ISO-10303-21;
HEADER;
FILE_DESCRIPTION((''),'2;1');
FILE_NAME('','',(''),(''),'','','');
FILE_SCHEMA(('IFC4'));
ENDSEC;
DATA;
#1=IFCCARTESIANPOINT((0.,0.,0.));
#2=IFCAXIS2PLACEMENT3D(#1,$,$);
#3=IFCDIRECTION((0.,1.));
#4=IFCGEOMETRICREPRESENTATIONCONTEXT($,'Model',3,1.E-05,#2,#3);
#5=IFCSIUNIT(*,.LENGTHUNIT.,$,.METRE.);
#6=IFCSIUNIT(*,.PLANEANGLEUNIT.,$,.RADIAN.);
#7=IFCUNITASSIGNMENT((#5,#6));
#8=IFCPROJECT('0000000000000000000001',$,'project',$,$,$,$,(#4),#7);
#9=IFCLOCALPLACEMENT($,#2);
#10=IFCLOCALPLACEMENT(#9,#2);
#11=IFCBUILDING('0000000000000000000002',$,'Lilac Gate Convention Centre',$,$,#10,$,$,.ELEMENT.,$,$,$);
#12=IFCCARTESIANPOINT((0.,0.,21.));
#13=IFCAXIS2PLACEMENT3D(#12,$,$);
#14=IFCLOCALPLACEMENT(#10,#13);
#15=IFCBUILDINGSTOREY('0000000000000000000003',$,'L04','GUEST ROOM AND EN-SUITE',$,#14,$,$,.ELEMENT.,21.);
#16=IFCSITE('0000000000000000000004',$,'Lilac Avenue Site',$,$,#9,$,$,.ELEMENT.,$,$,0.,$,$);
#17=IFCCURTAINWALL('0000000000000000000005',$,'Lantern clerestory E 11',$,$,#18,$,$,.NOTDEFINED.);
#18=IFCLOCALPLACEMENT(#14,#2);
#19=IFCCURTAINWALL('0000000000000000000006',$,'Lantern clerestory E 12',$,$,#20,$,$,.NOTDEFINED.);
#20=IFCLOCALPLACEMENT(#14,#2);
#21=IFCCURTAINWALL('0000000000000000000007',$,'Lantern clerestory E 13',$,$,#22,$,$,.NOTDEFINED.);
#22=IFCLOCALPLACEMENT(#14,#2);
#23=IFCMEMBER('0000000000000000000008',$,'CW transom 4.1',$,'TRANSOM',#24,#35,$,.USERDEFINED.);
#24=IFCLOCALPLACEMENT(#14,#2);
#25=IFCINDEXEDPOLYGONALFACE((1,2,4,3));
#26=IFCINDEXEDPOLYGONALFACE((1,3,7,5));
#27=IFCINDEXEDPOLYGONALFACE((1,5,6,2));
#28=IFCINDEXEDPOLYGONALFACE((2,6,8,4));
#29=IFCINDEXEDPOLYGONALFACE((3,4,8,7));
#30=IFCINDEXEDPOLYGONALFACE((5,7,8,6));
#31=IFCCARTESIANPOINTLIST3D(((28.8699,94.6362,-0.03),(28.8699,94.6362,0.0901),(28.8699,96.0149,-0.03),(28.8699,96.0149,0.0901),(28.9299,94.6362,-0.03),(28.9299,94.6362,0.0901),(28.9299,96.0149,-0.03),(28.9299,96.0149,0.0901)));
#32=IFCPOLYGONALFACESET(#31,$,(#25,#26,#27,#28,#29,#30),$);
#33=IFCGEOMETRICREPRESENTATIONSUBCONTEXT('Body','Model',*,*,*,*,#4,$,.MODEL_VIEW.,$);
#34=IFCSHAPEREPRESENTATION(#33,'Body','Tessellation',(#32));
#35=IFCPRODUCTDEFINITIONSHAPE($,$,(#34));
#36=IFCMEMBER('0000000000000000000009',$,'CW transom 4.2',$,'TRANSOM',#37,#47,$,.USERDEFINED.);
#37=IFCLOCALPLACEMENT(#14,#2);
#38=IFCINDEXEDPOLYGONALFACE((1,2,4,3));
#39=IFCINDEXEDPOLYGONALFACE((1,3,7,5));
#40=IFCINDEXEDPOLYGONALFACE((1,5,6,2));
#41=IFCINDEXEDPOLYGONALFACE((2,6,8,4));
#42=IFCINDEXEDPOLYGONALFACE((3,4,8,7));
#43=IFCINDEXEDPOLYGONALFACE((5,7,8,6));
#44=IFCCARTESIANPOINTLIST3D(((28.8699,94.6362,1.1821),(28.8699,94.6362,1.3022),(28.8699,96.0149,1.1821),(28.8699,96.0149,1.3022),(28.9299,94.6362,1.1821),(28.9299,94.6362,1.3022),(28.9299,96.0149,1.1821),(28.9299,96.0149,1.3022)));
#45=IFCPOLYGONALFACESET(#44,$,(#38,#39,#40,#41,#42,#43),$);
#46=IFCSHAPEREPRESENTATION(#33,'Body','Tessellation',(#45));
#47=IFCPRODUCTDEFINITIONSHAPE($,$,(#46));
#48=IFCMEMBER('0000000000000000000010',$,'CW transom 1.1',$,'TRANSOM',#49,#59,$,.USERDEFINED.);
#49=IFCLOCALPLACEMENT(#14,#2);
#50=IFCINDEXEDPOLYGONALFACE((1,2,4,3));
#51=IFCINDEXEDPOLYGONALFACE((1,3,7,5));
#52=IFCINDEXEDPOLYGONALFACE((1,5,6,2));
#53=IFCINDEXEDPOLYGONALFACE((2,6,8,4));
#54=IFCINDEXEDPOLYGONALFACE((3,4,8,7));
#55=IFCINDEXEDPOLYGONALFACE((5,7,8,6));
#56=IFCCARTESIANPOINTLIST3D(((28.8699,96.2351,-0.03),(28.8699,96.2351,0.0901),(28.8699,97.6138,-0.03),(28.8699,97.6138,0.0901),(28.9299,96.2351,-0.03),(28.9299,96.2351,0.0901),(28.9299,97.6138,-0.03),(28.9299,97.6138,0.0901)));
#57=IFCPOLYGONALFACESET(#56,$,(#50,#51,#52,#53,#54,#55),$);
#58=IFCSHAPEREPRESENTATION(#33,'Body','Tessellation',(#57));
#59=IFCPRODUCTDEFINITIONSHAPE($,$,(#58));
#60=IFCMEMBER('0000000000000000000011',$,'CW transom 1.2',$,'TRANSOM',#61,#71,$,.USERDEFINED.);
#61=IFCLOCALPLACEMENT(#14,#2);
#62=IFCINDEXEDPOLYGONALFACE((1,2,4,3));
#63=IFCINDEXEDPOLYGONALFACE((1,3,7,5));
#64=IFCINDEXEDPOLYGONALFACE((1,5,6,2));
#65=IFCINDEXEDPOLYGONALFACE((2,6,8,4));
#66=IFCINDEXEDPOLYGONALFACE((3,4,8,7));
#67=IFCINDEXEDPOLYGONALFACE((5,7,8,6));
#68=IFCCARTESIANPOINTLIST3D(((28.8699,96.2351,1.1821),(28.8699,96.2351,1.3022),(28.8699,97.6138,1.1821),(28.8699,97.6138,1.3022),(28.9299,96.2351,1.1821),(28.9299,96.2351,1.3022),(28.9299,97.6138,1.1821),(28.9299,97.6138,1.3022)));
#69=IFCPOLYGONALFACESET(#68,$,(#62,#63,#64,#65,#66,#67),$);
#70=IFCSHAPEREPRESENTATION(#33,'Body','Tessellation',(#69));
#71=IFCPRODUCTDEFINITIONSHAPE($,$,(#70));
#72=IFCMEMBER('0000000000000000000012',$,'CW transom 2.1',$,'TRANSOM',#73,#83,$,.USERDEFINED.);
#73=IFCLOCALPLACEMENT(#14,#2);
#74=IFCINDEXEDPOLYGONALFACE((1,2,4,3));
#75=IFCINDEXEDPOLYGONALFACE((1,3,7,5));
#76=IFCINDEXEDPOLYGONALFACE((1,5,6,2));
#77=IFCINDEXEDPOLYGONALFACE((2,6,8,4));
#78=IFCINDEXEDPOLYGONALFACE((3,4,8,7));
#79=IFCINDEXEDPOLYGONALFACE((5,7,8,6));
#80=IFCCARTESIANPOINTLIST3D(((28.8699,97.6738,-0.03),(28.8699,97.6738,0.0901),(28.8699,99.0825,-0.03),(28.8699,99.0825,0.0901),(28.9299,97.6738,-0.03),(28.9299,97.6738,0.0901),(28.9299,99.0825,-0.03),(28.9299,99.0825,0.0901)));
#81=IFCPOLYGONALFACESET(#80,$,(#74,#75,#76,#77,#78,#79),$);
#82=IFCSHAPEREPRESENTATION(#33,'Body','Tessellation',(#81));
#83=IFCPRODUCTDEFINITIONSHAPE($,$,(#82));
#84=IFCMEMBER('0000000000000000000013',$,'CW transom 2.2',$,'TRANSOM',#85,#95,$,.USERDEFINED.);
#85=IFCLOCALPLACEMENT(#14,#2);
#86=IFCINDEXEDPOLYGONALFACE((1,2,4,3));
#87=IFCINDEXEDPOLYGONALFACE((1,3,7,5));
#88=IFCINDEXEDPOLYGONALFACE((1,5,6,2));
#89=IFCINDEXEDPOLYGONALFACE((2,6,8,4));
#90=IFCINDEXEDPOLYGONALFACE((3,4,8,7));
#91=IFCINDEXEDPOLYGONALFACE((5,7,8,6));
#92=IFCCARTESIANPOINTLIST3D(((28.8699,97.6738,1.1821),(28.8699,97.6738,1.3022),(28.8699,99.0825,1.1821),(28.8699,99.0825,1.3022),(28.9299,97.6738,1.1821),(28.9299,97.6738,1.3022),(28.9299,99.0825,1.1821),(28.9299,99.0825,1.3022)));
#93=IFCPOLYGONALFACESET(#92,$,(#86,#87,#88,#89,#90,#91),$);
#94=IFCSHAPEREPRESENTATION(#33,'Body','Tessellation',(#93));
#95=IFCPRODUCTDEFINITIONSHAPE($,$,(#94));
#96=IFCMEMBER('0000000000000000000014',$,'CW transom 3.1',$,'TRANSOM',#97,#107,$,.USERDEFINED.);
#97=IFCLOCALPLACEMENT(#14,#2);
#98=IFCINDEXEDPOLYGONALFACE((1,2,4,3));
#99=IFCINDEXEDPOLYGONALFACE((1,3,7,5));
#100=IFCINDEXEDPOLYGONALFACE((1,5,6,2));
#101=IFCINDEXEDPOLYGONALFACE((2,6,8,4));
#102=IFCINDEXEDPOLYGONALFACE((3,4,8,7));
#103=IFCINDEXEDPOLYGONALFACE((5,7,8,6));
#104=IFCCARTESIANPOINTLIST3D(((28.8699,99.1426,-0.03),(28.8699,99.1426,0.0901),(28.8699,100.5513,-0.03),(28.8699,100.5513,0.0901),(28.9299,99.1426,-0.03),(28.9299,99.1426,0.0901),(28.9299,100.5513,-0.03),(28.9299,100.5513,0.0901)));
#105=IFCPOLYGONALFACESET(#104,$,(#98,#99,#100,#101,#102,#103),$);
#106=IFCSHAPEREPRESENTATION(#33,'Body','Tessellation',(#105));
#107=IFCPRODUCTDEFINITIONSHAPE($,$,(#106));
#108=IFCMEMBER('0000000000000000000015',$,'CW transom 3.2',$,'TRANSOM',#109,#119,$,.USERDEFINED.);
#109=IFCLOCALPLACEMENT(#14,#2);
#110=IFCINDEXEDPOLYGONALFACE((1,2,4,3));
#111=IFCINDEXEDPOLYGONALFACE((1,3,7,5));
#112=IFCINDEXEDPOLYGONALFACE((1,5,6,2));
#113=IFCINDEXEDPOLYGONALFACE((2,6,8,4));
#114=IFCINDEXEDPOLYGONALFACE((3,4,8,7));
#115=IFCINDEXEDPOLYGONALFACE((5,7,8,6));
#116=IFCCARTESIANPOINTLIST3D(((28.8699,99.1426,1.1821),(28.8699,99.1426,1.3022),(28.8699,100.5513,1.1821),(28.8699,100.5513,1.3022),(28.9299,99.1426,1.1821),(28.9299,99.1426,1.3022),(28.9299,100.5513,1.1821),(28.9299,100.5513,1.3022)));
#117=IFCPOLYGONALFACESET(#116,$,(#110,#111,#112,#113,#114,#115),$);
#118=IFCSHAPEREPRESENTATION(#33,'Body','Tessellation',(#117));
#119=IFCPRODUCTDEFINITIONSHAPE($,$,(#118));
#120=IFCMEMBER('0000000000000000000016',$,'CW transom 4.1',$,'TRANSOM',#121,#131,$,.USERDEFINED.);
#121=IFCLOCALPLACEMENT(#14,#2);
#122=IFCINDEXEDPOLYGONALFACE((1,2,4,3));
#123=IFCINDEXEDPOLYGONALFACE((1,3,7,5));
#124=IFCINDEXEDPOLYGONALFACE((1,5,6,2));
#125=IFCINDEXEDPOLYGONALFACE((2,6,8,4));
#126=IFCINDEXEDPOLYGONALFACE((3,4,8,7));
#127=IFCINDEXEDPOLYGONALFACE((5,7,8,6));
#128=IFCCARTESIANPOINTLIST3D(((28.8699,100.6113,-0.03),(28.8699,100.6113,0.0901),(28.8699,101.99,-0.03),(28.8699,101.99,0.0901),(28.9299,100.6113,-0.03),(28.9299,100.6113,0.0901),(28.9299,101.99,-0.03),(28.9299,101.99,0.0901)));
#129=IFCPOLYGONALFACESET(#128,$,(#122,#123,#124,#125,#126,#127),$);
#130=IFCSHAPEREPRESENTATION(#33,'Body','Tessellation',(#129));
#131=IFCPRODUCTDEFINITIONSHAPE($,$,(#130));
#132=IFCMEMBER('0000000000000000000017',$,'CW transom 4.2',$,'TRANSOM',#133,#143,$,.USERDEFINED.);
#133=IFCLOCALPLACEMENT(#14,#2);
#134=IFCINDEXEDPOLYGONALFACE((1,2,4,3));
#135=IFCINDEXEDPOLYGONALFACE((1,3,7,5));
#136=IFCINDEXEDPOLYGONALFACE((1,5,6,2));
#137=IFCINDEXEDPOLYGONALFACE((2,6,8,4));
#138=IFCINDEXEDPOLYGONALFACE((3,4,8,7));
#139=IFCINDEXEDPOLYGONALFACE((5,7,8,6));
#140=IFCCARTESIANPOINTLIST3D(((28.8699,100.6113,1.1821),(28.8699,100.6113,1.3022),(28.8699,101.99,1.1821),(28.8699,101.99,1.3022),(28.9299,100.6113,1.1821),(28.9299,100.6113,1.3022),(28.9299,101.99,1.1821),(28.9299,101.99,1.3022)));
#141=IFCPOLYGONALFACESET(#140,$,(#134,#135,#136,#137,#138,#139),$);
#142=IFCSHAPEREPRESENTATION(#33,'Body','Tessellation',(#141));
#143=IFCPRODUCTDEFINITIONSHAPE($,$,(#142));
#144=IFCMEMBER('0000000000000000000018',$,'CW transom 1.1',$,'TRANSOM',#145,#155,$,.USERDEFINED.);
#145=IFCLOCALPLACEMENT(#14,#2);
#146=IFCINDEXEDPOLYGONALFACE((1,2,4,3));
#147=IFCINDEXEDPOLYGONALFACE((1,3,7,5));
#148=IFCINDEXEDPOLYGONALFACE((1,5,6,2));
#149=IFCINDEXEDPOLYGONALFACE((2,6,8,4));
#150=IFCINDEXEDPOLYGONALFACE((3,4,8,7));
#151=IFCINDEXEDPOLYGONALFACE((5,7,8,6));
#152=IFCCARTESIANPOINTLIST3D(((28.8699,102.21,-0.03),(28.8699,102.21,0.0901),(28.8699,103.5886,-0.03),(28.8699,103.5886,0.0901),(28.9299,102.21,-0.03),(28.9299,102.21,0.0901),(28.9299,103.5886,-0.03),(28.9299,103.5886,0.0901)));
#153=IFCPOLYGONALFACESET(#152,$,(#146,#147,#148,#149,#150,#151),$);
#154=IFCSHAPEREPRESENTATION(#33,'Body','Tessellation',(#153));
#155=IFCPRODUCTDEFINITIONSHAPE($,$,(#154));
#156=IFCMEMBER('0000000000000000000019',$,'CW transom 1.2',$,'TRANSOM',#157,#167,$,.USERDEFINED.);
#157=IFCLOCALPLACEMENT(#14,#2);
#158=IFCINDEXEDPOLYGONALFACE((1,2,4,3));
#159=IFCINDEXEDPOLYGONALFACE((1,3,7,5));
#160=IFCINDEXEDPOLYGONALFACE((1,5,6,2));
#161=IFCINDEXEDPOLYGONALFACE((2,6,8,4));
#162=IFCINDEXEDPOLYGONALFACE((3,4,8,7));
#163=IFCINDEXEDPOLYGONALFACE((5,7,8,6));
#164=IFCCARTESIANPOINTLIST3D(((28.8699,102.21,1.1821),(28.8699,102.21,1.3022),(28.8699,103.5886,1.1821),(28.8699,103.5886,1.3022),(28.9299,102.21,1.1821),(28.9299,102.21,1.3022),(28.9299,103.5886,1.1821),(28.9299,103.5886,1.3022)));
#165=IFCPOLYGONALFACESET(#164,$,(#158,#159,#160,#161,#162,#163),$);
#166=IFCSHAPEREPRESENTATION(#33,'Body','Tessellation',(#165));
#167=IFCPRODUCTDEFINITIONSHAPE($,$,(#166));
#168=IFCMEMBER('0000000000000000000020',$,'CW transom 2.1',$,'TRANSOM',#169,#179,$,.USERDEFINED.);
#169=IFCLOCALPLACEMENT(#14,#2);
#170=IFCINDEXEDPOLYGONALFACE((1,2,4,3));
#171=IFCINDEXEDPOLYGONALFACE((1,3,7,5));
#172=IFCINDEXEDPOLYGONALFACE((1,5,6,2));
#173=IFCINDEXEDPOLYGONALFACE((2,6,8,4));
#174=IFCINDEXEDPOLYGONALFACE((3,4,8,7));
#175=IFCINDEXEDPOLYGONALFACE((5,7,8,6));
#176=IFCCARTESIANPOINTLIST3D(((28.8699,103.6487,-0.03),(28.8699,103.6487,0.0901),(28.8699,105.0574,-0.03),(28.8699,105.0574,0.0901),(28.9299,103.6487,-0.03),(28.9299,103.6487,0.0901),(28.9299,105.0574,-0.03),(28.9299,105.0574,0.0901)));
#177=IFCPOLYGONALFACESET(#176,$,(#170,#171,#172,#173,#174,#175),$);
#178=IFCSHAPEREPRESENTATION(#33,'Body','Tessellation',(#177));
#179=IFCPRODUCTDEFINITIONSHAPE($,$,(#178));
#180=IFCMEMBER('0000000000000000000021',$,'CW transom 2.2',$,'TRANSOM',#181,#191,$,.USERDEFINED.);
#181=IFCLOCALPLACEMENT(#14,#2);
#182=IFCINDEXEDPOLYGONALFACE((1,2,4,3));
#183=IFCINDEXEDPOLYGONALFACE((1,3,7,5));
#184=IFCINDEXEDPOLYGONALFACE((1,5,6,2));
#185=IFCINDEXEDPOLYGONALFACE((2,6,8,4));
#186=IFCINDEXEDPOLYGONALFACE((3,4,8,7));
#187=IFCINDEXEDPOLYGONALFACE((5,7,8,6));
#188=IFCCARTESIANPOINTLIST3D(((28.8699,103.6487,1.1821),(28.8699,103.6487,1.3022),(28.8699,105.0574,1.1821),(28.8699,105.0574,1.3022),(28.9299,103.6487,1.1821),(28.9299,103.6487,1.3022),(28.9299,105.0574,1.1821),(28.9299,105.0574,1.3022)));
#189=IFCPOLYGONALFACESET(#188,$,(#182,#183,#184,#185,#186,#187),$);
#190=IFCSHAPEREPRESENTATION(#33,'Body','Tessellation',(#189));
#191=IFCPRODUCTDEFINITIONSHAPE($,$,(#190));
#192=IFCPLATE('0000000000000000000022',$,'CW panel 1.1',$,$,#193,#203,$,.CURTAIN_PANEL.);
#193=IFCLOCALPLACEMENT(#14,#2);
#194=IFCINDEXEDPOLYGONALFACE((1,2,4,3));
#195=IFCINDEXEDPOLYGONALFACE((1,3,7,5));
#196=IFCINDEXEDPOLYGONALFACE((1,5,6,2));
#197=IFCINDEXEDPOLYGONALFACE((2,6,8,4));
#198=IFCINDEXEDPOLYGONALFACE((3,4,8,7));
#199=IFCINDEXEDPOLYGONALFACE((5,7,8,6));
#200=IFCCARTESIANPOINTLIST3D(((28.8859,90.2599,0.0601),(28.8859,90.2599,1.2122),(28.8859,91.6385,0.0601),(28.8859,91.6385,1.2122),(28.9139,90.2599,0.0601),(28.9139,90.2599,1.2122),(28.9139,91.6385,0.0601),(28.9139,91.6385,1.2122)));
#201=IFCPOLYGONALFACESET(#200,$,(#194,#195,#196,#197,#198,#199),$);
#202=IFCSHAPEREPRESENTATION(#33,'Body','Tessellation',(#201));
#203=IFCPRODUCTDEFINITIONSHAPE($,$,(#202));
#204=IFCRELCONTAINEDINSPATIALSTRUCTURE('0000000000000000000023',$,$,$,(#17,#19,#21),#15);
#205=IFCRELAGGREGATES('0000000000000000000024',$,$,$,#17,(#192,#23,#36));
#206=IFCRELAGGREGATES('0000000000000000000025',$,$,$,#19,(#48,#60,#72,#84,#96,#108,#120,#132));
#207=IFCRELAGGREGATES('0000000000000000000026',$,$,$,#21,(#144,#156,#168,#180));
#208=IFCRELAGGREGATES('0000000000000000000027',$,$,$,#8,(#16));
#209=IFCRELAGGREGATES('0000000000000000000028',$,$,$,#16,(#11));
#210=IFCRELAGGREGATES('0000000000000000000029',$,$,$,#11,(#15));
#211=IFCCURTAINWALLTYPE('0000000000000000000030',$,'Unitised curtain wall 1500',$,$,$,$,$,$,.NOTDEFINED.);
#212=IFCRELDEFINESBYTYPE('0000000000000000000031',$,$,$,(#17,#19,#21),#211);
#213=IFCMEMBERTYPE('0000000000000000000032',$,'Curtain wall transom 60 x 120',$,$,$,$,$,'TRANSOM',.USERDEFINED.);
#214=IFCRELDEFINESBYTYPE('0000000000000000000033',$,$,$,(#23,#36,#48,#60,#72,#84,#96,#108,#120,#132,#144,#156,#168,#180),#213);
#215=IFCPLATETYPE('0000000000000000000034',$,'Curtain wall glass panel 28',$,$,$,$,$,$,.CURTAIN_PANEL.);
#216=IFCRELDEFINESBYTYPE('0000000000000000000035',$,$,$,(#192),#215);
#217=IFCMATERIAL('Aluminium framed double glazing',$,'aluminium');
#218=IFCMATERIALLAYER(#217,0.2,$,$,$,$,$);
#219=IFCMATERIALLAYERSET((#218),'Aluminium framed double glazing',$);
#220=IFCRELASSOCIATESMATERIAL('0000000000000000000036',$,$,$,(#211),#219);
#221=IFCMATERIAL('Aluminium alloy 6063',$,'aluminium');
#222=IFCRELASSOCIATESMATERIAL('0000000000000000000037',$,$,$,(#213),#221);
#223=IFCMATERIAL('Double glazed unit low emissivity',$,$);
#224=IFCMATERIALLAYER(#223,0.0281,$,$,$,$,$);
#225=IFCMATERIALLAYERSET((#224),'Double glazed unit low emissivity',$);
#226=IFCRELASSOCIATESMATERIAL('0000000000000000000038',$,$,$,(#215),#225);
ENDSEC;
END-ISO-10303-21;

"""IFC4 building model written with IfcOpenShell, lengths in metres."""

from ifc_helpers import new_model, si_unit, direction, frame, origin, origin_2d, place, context, subcontext, project, spatial, rectangle, extrude, material, layer, layer_set, material_profile, profile_set, type_object, element, aggregate, save


model = new_model("IFC4")

# Units and contexts
model_context = context("Model", 3, precision=1e-05, world=origin(), true_north=direction((0.0, 1.0)))
body_context = subcontext(model_context, "Body", "Model", "MODEL_VIEW")
ifc_project = project(units=[si_unit("LENGTHUNIT", "METRE"), si_unit("PLANEANGLEUNIT", "RADIAN")], contexts=[model_context])

# Site, building, storey
site_placement = place(None, origin())
site = spatial("IfcSite", under=ifc_project, at=site_placement, Name="Lilac Avenue Site", CompositionType="ELEMENT", RefElevation=0.0)
building_placement = place(site_placement, origin())
building = spatial("IfcBuilding", under=site, at=building_placement, Name="Lilac Gate Convention Centre", CompositionType="ELEMENT")
storey_placement = place(building_placement, frame((0.0, 0.0, 21.0)))
storey = spatial("IfcBuildingStorey", under=building, at=storey_placement, Name="L04", Description="GUEST ROOM AND EN-SUITE", CompositionType="ELEMENT", Elevation=21.0)

# Curtain walls
ifc_material_1 = material(Name="Aluminium framed double glazing", Category="aluminium")
ifc_layer_1 = layer(ifc_material_1, 0.2)
ifc_layer_set_1 = layer_set([ifc_layer_1], Name="Aluminium framed double glazing")
curtain_wall_type = type_object("IfcCurtainWallType", Name="Unitised curtain wall 1500", PredefinedType="NOTDEFINED", material=ifc_layer_set_1)
curtain_wall_1_placement = place(storey_placement, origin())
curtain_wall_1 = element("IfcCurtainWall", 1, at=curtain_wall_1_placement, inside=storey, type_object=curtain_wall_type, Name="Lantern clerestory E 11", PredefinedType="NOTDEFINED")
ifc_material_2 = material(Name="Aluminium alloy 6063", Category="aluminium")
curtain_wall_2_placement = place(storey_placement, origin())
curtain_wall_2 = element("IfcCurtainWall", 2, at=curtain_wall_2_placement, inside=storey, type_object=curtain_wall_type, Name="Lantern clerestory E 12", PredefinedType="NOTDEFINED")
curtain_wall_3_placement = place(storey_placement, origin())
curtain_wall_3 = element("IfcCurtainWall", 3, at=curtain_wall_3_placement, inside=storey, type_object=curtain_wall_type, Name="Lantern clerestory E 13", PredefinedType="NOTDEFINED")

# Members
ifc_material_profile_1 = material_profile(ifc_material_2, rectangle(XDim=0.0601, YDim=0.1201, at=origin_2d()), Name="Curtain wall transom 60 x 120")
ifc_profile_set_1 = profile_set([ifc_material_profile_1], Name="Aluminium alloy 6063")
member_type_1 = type_object("IfcMemberType", Name="Curtain wall transom 60 x 120", ElementType="TRANSOM", PredefinedType="USERDEFINED", material=ifc_profile_set_1)
member_1_placement = place(storey_placement, frame((28.8999, 94.6362, 0.03), z_axis=(0.0, 1.0, 0.0), x_axis=(-1.0, 0.0, 0.0)))
member_1 = element("IfcMember", 4, at=member_1_placement, type_object=member_type_1, Name="CW transom 4.1", ObjectType="TRANSOM", PredefinedType="USERDEFINED", context=body_context, shape_type="SweptSolid", body=[
    extrude(rectangle(XDim=0.0601, YDim=0.1201, at=origin_2d()), origin(), (0.0, 0.0, 1.0), 1.3787),
])
member_2_placement = place(storey_placement, frame((28.8999, 94.6362, 1.2422), z_axis=(0.0, 1.0, 0.0), x_axis=(-1.0, 0.0, 0.0)))
member_2 = element("IfcMember", 5, at=member_2_placement, type_object=member_type_1, Name="CW transom 4.2", ObjectType="TRANSOM", PredefinedType="USERDEFINED", context=body_context, shape_type="SweptSolid", body=[
    extrude(rectangle(XDim=0.0601, YDim=0.1201, at=origin_2d()), origin(), (0.0, 0.0, 1.0), 1.3787),
])
member_3_placement = place(storey_placement, frame((28.8999, 96.2351, 0.03), z_axis=(0.0, 1.0, 0.0), x_axis=(-1.0, 0.0, 0.0)))
member_3 = element("IfcMember", 6, at=member_3_placement, type_object=member_type_1, Name="CW transom 1.1", ObjectType="TRANSOM", PredefinedType="USERDEFINED", context=body_context, shape_type="SweptSolid", body=[
    extrude(rectangle(XDim=0.0601, YDim=0.1201, at=origin_2d()), origin(), (0.0, 0.0, 1.0), 1.3787),
])
member_4_placement = place(storey_placement, frame((28.8999, 96.2351, 1.2422), z_axis=(0.0, 1.0, 0.0), x_axis=(-1.0, 0.0, 0.0)))
member_4 = element("IfcMember", 7, at=member_4_placement, type_object=member_type_1, Name="CW transom 1.2", ObjectType="TRANSOM", PredefinedType="USERDEFINED", context=body_context, shape_type="SweptSolid", body=[
    extrude(rectangle(XDim=0.0601, YDim=0.1201, at=origin_2d()), origin(), (0.0, 0.0, 1.0), 1.3787),
])
member_5_placement = place(storey_placement, frame((28.8999, 97.6738, 0.03), z_axis=(0.0, 1.0, 0.0), x_axis=(-1.0, 0.0, 0.0)))
member_5 = element("IfcMember", 8, at=member_5_placement, type_object=member_type_1, Name="CW transom 2.1", ObjectType="TRANSOM", PredefinedType="USERDEFINED", context=body_context, shape_type="SweptSolid", body=[
    extrude(rectangle(XDim=0.0601, YDim=0.1201, at=origin_2d()), origin(), (0.0, 0.0, 1.0), 1.4087),
])
member_6_placement = place(storey_placement, frame((28.8999, 97.6738, 1.2422), z_axis=(0.0, 1.0, 0.0), x_axis=(-1.0, 0.0, 0.0)))
member_6 = element("IfcMember", 9, at=member_6_placement, type_object=member_type_1, Name="CW transom 2.2", ObjectType="TRANSOM", PredefinedType="USERDEFINED", context=body_context, shape_type="SweptSolid", body=[
    extrude(rectangle(XDim=0.0601, YDim=0.1201, at=origin_2d()), origin(), (0.0, 0.0, 1.0), 1.4087),
])
member_7_placement = place(storey_placement, frame((28.8999, 99.1426, 0.03), z_axis=(0.0, 1.0, 0.0), x_axis=(-1.0, 0.0, 0.0)))
member_7 = element("IfcMember", 10, at=member_7_placement, type_object=member_type_1, Name="CW transom 3.1", ObjectType="TRANSOM", PredefinedType="USERDEFINED", context=body_context, shape_type="SweptSolid", body=[
    extrude(rectangle(XDim=0.0601, YDim=0.1201, at=origin_2d()), origin(), (0.0, 0.0, 1.0), 1.4087),
])
member_8_placement = place(storey_placement, frame((28.8999, 99.1426, 1.2422), z_axis=(0.0, 1.0, 0.0), x_axis=(-1.0, 0.0, 0.0)))
member_8 = element("IfcMember", 11, at=member_8_placement, type_object=member_type_1, Name="CW transom 3.2", ObjectType="TRANSOM", PredefinedType="USERDEFINED", context=body_context, shape_type="SweptSolid", body=[
    extrude(rectangle(XDim=0.0601, YDim=0.1201, at=origin_2d()), origin(), (0.0, 0.0, 1.0), 1.4087),
])
member_9_placement = place(storey_placement, frame((28.8999, 100.6113, 0.03), z_axis=(0.0, 1.0, 0.0), x_axis=(-1.0, 0.0, 0.0)))
member_9 = element("IfcMember", 12, at=member_9_placement, type_object=member_type_1, Name="CW transom 4.1", ObjectType="TRANSOM", PredefinedType="USERDEFINED", context=body_context, shape_type="SweptSolid", body=[
    extrude(rectangle(XDim=0.0601, YDim=0.1201, at=origin_2d()), origin(), (0.0, 0.0, 1.0), 1.3787),
])
member_10_placement = place(storey_placement, frame((28.8999, 100.6113, 1.2422), z_axis=(0.0, 1.0, 0.0), x_axis=(-1.0, 0.0, 0.0)))
member_10 = element("IfcMember", 13, at=member_10_placement, type_object=member_type_1, Name="CW transom 4.2", ObjectType="TRANSOM", PredefinedType="USERDEFINED", context=body_context, shape_type="SweptSolid", body=[
    extrude(rectangle(XDim=0.0601, YDim=0.1201, at=origin_2d()), origin(), (0.0, 0.0, 1.0), 1.3787),
])
member_11_placement = place(storey_placement, frame((28.8999, 102.21, 0.03), z_axis=(0.0, 1.0, 0.0), x_axis=(-1.0, 0.0, 0.0)))
member_11 = element("IfcMember", 14, at=member_11_placement, type_object=member_type_1, Name="CW transom 1.1", ObjectType="TRANSOM", PredefinedType="USERDEFINED", context=body_context, shape_type="SweptSolid", body=[
    extrude(rectangle(XDim=0.0601, YDim=0.1201, at=origin_2d()), origin(), (0.0, 0.0, 1.0), 1.3787),
])
member_12_placement = place(storey_placement, frame((28.8999, 102.21, 1.2422), z_axis=(0.0, 1.0, 0.0), x_axis=(-1.0, 0.0, 0.0)))
member_12 = element("IfcMember", 15, at=member_12_placement, type_object=member_type_1, Name="CW transom 1.2", ObjectType="TRANSOM", PredefinedType="USERDEFINED", context=body_context, shape_type="SweptSolid", body=[
    extrude(rectangle(XDim=0.0601, YDim=0.1201, at=origin_2d()), origin(), (0.0, 0.0, 1.0), 1.3787),
])
member_13_placement = place(storey_placement, frame((28.8999, 103.6487, 0.03), z_axis=(0.0, 1.0, 0.0), x_axis=(-1.0, 0.0, 0.0)))
member_13 = element("IfcMember", 16, at=member_13_placement, type_object=member_type_1, Name="CW transom 2.1", ObjectType="TRANSOM", PredefinedType="USERDEFINED", context=body_context, shape_type="SweptSolid", body=[
    extrude(rectangle(XDim=0.0601, YDim=0.1201, at=origin_2d()), origin(), (0.0, 0.0, 1.0), 1.4087),
])
member_14_placement = place(storey_placement, frame((28.8999, 103.6487, 1.2422), z_axis=(0.0, 1.0, 0.0), x_axis=(-1.0, 0.0, 0.0)))
member_14 = element("IfcMember", 17, at=member_14_placement, type_object=member_type_1, Name="CW transom 2.2", ObjectType="TRANSOM", PredefinedType="USERDEFINED", context=body_context, shape_type="SweptSolid", body=[
    extrude(rectangle(XDim=0.0601, YDim=0.1201, at=origin_2d()), origin(), (0.0, 0.0, 1.0), 1.4087),
])

# Plate
ifc_material_3 = material(Name="Double glazed unit low emissivity")
ifc_layer_2 = layer(ifc_material_3, 0.0281)
ifc_layer_set_2 = layer_set([ifc_layer_2], Name="Double glazed unit low emissivity")
plate_type = type_object("IfcPlateType", Name="Curtain wall glass panel 28", PredefinedType="CURTAIN_PANEL", material=ifc_layer_set_2)
plate_1_placement = place(storey_placement, frame((28.8999, 90.9492, 0.0601), z_axis=(0.0, 0.0, 1.0), x_axis=(0.0, 1.0, 0.0)))
plate_1 = element("IfcPlate", 18, at=plate_1_placement, type_object=plate_type, Name="CW panel 1.1", PredefinedType="CURTAIN_PANEL", context=body_context, shape_type="SweptSolid", body=[
    extrude(rectangle(XDim=1.3787, YDim=0.0281, at=origin_2d()), origin(), (0.0, 0.0, 1.0), 1.1521),
])
aggregate(curtain_wall_1, [plate_1, member_1, member_2])
aggregate(curtain_wall_2, [member_3, member_4, member_5, member_6, member_7, member_8, member_9, member_10])
aggregate(curtain_wall_3, [member_11, member_12, member_13, member_14])

save(model, "model.ifc")
